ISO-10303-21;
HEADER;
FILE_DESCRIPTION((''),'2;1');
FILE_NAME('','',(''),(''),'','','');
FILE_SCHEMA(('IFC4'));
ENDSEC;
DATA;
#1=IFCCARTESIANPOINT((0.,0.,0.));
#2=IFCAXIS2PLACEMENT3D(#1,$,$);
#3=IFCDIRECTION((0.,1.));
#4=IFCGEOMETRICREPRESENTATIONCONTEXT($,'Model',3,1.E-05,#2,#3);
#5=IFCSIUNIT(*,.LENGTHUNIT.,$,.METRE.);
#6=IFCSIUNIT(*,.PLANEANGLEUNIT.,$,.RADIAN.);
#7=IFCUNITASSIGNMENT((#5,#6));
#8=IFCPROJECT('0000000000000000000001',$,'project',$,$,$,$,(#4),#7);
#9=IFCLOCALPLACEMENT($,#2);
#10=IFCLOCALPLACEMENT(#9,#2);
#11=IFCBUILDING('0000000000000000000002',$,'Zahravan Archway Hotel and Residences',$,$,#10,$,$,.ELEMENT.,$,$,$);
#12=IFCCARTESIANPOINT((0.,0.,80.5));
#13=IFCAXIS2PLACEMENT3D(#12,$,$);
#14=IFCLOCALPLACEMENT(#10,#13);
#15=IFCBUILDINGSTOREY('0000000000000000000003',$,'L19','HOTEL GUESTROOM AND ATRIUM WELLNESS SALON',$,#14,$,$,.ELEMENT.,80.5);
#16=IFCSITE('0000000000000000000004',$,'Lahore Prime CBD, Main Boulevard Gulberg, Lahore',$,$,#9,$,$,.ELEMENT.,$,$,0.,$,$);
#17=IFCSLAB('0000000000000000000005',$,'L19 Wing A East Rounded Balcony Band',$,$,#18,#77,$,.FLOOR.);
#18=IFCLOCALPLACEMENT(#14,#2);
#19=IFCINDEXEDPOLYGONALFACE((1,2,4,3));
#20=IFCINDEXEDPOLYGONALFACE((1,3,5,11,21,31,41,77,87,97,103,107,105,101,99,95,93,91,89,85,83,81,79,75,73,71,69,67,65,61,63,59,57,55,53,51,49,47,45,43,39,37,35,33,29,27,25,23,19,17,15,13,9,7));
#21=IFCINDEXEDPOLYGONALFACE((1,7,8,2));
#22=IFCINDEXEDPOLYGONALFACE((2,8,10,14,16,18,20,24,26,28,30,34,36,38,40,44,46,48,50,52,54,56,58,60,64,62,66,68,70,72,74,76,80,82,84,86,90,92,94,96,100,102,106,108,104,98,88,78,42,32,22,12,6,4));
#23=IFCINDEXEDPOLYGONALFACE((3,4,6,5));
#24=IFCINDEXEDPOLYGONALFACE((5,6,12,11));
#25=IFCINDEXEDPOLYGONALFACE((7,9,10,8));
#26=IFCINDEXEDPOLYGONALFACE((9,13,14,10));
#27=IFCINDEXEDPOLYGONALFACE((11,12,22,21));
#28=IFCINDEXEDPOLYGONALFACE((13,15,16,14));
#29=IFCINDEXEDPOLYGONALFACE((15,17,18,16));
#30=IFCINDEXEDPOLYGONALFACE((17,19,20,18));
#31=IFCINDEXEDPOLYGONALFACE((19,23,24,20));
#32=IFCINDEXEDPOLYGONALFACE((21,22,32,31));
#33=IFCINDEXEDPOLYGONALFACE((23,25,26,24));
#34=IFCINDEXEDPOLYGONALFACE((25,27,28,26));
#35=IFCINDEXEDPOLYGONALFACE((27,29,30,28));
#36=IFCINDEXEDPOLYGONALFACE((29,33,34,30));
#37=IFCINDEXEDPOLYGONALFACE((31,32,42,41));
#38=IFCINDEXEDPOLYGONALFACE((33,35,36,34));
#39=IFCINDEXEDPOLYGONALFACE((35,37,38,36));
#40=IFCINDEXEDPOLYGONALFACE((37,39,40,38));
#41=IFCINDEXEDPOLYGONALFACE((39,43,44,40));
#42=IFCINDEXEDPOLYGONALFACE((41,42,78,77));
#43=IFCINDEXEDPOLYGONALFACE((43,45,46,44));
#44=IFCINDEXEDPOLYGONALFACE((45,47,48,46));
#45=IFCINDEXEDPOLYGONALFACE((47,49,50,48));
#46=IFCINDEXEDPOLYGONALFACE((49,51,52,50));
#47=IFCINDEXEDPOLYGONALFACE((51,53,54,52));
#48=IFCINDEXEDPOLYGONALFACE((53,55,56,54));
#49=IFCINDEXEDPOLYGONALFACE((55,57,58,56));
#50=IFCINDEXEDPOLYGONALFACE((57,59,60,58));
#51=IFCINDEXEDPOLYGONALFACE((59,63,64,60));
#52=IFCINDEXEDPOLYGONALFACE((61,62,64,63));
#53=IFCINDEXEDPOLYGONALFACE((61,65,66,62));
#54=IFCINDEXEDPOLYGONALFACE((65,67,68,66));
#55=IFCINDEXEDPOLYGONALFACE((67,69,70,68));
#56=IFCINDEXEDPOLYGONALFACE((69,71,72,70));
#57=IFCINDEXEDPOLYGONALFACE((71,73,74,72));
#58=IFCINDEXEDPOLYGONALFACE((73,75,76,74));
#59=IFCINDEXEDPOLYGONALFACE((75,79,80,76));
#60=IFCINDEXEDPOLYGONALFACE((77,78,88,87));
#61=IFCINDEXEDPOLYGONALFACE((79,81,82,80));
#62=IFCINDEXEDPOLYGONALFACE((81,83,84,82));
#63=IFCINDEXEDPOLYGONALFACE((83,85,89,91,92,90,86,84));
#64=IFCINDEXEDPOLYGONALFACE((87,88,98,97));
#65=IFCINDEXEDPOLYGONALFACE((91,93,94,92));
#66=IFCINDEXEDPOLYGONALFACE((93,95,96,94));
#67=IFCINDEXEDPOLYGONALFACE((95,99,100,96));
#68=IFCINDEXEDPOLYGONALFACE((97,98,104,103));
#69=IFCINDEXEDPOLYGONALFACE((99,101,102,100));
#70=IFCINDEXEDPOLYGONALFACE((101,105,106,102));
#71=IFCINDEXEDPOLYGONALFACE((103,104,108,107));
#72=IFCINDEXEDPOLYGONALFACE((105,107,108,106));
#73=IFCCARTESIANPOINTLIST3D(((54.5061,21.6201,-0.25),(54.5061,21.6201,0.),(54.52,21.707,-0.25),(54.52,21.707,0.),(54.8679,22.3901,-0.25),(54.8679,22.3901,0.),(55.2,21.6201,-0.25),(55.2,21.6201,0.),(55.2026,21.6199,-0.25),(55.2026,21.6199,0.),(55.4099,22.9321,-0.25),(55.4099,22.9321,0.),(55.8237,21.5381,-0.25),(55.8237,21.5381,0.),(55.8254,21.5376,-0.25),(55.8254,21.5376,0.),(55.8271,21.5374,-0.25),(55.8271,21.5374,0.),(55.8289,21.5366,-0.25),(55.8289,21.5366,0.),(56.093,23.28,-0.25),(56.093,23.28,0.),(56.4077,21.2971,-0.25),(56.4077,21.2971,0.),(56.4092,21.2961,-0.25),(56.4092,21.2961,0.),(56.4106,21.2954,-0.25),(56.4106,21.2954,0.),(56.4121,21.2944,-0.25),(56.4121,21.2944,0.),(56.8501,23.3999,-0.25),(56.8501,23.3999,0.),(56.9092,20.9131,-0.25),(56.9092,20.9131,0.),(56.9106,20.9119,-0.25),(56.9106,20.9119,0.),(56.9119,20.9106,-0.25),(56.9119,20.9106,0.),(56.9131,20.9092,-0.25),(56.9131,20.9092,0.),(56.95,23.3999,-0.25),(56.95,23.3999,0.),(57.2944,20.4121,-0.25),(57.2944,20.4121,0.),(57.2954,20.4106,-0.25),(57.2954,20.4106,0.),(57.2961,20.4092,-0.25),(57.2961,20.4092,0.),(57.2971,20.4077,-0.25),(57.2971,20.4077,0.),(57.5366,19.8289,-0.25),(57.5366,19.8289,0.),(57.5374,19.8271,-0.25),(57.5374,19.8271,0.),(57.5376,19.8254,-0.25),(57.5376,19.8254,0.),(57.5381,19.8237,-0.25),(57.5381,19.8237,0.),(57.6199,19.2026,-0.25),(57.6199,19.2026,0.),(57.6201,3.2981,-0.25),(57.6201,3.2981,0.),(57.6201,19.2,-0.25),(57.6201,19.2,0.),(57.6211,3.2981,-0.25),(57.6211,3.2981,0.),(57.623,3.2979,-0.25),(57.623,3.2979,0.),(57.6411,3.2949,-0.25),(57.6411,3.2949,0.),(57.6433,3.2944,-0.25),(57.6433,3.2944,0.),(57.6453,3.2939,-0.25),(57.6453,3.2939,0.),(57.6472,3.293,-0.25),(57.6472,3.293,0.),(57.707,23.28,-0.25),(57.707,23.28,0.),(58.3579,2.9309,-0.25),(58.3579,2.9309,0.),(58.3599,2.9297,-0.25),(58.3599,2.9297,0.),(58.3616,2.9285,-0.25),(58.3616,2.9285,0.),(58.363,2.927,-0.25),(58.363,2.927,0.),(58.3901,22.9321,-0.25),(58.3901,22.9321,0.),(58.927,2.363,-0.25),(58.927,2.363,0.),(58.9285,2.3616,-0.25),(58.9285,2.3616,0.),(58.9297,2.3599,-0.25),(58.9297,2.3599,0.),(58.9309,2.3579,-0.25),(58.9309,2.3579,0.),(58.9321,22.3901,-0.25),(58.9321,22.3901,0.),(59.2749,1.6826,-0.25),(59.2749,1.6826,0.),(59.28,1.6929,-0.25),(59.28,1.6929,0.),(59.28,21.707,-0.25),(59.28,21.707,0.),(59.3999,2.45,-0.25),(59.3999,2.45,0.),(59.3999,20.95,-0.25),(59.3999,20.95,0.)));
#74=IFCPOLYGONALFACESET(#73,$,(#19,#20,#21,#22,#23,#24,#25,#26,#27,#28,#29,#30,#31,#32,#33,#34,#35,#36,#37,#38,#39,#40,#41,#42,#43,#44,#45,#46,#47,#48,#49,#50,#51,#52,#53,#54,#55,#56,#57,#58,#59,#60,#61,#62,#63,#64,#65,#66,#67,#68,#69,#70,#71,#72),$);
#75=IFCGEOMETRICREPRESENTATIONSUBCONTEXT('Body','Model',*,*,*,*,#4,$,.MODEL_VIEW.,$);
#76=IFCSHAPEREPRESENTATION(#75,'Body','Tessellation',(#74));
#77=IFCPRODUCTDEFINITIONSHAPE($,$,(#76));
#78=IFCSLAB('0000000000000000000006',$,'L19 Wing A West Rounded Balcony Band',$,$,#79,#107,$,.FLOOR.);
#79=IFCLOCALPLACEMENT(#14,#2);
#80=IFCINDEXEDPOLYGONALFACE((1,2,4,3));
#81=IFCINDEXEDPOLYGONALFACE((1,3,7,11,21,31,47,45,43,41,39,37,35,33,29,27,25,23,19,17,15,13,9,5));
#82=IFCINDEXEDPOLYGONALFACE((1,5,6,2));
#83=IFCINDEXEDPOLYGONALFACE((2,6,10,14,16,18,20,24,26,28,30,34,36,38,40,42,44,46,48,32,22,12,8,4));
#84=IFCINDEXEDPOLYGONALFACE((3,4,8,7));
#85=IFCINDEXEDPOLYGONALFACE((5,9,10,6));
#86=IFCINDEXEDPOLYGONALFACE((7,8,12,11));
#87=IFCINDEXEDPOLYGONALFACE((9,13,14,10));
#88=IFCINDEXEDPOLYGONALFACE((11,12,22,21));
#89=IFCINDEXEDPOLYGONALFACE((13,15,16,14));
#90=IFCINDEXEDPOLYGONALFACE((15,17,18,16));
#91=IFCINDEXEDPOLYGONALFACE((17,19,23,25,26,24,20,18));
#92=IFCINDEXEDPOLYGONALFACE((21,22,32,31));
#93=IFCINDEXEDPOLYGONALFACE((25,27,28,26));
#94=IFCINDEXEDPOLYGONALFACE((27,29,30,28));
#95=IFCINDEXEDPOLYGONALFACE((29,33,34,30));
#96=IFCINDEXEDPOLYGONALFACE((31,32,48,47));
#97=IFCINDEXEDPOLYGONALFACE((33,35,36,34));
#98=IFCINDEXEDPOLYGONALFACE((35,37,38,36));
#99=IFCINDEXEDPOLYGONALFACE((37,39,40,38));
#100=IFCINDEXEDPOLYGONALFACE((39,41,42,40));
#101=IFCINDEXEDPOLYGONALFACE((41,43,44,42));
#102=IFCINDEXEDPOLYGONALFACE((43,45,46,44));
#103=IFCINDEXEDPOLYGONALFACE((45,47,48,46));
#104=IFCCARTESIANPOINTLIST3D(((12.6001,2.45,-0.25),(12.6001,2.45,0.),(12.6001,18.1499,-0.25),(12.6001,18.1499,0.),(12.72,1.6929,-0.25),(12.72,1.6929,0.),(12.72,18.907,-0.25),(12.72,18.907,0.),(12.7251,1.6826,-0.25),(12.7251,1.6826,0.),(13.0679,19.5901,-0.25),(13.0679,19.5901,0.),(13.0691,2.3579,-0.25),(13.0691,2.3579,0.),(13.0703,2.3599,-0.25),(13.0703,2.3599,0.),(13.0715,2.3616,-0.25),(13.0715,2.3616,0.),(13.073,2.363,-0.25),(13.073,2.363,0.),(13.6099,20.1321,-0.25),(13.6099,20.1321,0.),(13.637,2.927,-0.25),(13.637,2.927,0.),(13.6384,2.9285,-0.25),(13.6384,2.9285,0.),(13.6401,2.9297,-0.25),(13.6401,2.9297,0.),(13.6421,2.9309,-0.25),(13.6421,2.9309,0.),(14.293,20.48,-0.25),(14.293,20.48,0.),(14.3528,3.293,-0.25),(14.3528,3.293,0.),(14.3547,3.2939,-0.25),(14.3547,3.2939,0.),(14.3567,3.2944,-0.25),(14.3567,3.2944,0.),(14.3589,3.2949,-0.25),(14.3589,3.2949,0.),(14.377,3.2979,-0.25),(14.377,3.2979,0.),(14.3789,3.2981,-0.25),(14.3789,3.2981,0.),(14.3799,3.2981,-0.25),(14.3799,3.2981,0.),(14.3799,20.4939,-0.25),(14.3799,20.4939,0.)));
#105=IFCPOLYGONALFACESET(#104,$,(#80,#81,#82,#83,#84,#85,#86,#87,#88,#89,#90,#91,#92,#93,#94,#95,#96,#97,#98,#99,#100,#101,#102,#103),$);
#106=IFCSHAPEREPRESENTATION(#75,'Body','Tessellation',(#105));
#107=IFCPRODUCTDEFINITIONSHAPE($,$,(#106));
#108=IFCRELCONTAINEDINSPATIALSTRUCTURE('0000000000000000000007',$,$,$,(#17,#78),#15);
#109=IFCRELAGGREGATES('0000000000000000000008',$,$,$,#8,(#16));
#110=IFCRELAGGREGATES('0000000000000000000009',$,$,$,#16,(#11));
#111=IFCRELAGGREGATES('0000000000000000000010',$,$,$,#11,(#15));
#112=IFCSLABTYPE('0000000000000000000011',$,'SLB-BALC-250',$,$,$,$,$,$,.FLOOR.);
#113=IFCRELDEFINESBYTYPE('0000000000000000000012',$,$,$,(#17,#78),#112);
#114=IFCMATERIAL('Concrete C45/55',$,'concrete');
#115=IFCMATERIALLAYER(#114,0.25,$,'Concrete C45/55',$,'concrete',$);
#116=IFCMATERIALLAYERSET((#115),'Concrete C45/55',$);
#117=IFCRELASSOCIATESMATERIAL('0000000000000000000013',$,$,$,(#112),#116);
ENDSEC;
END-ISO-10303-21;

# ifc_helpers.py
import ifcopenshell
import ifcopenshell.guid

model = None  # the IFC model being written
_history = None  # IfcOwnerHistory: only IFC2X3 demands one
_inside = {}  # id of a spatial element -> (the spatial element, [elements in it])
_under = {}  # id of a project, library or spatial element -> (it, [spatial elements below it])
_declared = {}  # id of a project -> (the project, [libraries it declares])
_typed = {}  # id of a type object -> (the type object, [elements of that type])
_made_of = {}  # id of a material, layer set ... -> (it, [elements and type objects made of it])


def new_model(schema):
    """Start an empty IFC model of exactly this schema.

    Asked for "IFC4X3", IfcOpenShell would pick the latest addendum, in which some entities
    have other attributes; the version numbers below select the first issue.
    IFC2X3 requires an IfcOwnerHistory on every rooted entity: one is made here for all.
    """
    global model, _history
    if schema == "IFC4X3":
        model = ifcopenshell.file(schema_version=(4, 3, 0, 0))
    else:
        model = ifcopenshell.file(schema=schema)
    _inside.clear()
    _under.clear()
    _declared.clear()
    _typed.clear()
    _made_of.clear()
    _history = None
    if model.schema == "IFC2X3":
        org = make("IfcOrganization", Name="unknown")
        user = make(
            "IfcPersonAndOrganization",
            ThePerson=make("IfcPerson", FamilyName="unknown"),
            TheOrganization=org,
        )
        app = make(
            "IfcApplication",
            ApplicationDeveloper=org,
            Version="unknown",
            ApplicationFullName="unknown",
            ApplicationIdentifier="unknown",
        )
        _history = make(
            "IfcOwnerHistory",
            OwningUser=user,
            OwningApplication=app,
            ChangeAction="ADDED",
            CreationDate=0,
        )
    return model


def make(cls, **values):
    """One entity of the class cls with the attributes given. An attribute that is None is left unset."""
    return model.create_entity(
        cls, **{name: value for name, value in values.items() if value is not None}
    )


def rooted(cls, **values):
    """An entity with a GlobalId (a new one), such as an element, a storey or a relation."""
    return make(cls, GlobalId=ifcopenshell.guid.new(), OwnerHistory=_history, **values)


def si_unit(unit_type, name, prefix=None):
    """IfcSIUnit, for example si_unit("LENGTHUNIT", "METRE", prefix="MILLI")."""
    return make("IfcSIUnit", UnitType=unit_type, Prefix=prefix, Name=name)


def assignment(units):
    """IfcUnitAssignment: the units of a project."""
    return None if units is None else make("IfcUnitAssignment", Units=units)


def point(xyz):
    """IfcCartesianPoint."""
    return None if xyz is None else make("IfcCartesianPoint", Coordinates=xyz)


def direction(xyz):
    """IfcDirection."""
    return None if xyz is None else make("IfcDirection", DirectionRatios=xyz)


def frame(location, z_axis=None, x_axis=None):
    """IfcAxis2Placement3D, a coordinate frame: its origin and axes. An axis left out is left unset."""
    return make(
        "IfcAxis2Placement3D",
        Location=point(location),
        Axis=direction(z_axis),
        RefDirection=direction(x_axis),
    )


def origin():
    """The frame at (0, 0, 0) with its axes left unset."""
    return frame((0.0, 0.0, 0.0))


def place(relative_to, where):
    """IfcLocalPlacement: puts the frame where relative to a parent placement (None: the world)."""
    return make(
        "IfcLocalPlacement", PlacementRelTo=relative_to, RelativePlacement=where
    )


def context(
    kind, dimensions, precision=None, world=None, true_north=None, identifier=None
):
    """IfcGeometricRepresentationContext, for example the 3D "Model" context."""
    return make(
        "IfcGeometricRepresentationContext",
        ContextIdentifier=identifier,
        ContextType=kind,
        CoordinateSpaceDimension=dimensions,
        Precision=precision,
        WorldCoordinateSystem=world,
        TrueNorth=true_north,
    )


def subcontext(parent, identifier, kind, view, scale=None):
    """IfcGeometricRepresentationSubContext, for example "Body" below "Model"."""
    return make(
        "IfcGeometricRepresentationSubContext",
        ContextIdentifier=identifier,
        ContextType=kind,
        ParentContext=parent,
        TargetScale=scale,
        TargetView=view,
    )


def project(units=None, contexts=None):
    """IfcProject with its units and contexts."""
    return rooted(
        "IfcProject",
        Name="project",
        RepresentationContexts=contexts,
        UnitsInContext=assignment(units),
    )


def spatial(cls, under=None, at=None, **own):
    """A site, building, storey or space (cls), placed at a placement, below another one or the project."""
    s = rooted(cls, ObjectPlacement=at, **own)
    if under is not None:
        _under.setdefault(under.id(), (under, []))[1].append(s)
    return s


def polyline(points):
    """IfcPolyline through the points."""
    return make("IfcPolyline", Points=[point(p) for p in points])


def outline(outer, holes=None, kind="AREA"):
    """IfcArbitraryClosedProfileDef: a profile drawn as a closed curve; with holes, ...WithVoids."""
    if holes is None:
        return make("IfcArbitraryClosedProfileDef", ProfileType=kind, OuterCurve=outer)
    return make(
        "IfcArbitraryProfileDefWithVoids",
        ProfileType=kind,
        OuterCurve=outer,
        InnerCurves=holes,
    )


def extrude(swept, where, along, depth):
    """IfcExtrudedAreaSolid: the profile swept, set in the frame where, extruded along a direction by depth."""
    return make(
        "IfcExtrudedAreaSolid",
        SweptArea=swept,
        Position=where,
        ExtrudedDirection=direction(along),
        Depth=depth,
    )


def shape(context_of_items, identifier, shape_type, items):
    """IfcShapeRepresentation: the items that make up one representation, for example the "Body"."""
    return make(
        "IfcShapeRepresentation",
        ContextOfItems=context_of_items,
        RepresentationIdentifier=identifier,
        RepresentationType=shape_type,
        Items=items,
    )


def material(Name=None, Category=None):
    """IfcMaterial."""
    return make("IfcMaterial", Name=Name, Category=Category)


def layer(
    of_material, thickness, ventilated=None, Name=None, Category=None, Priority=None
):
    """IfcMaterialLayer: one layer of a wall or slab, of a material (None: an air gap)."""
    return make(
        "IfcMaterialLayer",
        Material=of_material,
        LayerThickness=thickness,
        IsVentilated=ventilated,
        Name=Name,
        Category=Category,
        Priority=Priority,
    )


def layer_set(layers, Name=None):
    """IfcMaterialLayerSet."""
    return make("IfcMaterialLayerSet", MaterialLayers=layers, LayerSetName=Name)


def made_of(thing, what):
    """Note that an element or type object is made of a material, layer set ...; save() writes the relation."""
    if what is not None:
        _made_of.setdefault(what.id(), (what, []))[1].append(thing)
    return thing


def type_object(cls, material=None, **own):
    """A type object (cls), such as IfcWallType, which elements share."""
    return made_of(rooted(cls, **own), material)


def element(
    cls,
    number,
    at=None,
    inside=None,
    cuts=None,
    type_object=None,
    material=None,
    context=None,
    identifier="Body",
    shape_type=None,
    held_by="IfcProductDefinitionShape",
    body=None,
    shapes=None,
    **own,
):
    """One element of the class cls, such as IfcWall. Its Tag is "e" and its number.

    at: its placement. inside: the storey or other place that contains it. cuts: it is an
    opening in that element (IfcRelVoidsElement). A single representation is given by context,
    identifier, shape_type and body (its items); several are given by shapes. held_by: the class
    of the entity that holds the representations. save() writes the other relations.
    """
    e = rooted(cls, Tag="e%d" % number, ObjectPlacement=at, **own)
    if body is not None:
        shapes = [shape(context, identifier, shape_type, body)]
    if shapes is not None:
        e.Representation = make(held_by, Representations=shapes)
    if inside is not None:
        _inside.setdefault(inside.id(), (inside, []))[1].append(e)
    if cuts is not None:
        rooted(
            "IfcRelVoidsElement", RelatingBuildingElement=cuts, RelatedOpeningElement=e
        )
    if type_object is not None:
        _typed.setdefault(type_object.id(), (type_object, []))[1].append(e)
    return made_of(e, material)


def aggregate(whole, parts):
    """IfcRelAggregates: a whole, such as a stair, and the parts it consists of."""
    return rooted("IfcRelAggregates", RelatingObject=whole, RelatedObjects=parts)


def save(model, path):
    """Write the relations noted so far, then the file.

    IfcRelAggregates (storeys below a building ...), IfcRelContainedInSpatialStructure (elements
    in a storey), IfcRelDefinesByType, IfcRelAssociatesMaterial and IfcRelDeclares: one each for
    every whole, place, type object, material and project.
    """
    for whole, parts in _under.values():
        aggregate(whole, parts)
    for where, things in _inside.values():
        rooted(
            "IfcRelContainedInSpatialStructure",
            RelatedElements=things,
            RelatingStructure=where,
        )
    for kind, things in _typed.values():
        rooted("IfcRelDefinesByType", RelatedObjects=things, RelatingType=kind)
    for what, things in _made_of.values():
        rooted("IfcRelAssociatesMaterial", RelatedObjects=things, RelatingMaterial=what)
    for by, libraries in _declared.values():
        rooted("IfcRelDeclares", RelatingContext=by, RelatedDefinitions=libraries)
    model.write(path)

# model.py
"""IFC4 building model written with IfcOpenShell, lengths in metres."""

from ifc_helpers import new_model, si_unit, direction, frame, origin, place, context, subcontext, project, spatial, polyline, outline, extrude, material, layer, layer_set, type_object, element, save


model = new_model("IFC4")

# Units and contexts
model_context = context("Model", 3, precision=1e-05, world=origin(), true_north=direction((0.0, 1.0)))
body_context = subcontext(model_context, "Body", "Model", "MODEL_VIEW")
ifc_project = project(units=[si_unit("LENGTHUNIT", "METRE"), si_unit("PLANEANGLEUNIT", "RADIAN")], contexts=[model_context])

# Site, building, storey
site_placement = place(None, origin())
site = spatial("IfcSite", under=ifc_project, at=site_placement, Name="Lahore Prime CBD, Main Boulevard Gulberg, Lahore", CompositionType="ELEMENT", RefElevation=0.0)
building_placement = place(site_placement, origin())
building = spatial("IfcBuilding", under=site, at=building_placement, Name="Zahravan Archway Hotel and Residences", CompositionType="ELEMENT")
storey_placement = place(building_placement, frame((0.0, 0.0, 80.5)))
storey = spatial("IfcBuildingStorey", under=building, at=storey_placement, Name="L19", Description="HOTEL GUESTROOM AND ATRIUM WELLNESS SALON", CompositionType="ELEMENT", Elevation=80.5)

# Slabs
ifc_material_1 = material(Name="Concrete C45/55", Category="concrete")
ifc_layer_1 = layer(ifc_material_1, 0.25, Name="Concrete C45/55", Category="concrete")
ifc_layer_set_1 = layer_set([ifc_layer_1], Name="Concrete C45/55")
slab_type_1 = type_object("IfcSlabType", Name="SLB-BALC-250", PredefinedType="FLOOR", material=ifc_layer_set_1)
slab_1_placement = place(storey_placement, frame((0.0, 0.0, -0.25)))
element("IfcSlab", 1, at=slab_1_placement, inside=storey, type_object=slab_type_1, Name="L19 Wing A East Rounded Balcony Band", PredefinedType="FLOOR", context=body_context, shape_type="SweptSolid", body=[
    extrude(outline(polyline([(54.52, 21.707), (54.8679, 22.3901), (55.4099, 22.9321), (56.093, 23.28), (56.8501, 23.3999), (56.95, 23.3999), (57.707, 23.28), (58.3901, 22.9321), (58.9321, 22.3901), (59.28, 21.707), (59.3999, 20.95), (59.3999, 2.45), (59.28, 1.6929), (59.2749, 1.6826), (58.9309, 2.3579), (58.9297, 2.3599), (58.9285, 2.3616), (58.927, 2.363), (58.363, 2.927), (58.3616, 2.9285), (58.3599, 2.9297), (58.3579, 2.9309), (57.6472, 3.293), (57.6453, 3.2939), (57.6433, 3.2944), (57.6411, 3.2949), (57.623, 3.2979), (57.6211, 3.2981), (57.6201, 3.2981), (57.6201, 19.2), (57.6199, 19.2026), (57.5381, 19.8237), (57.5376, 19.8254), (57.5374, 19.8271), (57.5366, 19.8289), (57.2971, 20.4077), (57.2961, 20.4092), (57.2954, 20.4106), (57.2944, 20.4121), (56.9131, 20.9092), (56.9119, 20.9106), (56.9106, 20.9119), (56.9092, 20.9131), (56.4121, 21.2944), (56.4106, 21.2954), (56.4092, 21.2961), (56.4077, 21.2971), (55.8289, 21.5366), (55.8271, 21.5374), (55.8254, 21.5376), (55.8237, 21.5381), (55.2026, 21.6199), (55.2, 21.6201), (54.5061, 21.6201), (54.52, 21.707)])), origin(), (0.0, 0.0, 1.0), 0.25),
])
slab_2_placement = place(storey_placement, frame((0.0, 0.0, -0.25)))
element("IfcSlab", 2, at=slab_2_placement, inside=storey, type_object=slab_type_1, Name="L19 Wing A West Rounded Balcony Band", PredefinedType="FLOOR", context=body_context, shape_type="SweptSolid", body=[
    extrude(outline(polyline([(12.72, 1.6929), (12.6001, 2.45), (12.6001, 18.1499), (12.72, 18.907), (13.0679, 19.5901), (13.6099, 20.1321), (14.293, 20.48), (14.3799, 20.4939), (14.3799, 3.2981), (14.3789, 3.2981), (14.377, 3.2979), (14.3589, 3.2949), (14.3567, 3.2944), (14.3547, 3.2939), (14.3528, 3.293), (13.6421, 2.9309), (13.6401, 2.9297), (13.6384, 2.9285), (13.637, 2.927), (13.073, 2.363), (13.0715, 2.3616), (13.0703, 2.3599), (13.0691, 2.3579), (12.7251, 1.6826), (12.72, 1.6929)])), origin(), (0.0, 0.0, 1.0), 0.25),
])

save(model, "model.ifc")
